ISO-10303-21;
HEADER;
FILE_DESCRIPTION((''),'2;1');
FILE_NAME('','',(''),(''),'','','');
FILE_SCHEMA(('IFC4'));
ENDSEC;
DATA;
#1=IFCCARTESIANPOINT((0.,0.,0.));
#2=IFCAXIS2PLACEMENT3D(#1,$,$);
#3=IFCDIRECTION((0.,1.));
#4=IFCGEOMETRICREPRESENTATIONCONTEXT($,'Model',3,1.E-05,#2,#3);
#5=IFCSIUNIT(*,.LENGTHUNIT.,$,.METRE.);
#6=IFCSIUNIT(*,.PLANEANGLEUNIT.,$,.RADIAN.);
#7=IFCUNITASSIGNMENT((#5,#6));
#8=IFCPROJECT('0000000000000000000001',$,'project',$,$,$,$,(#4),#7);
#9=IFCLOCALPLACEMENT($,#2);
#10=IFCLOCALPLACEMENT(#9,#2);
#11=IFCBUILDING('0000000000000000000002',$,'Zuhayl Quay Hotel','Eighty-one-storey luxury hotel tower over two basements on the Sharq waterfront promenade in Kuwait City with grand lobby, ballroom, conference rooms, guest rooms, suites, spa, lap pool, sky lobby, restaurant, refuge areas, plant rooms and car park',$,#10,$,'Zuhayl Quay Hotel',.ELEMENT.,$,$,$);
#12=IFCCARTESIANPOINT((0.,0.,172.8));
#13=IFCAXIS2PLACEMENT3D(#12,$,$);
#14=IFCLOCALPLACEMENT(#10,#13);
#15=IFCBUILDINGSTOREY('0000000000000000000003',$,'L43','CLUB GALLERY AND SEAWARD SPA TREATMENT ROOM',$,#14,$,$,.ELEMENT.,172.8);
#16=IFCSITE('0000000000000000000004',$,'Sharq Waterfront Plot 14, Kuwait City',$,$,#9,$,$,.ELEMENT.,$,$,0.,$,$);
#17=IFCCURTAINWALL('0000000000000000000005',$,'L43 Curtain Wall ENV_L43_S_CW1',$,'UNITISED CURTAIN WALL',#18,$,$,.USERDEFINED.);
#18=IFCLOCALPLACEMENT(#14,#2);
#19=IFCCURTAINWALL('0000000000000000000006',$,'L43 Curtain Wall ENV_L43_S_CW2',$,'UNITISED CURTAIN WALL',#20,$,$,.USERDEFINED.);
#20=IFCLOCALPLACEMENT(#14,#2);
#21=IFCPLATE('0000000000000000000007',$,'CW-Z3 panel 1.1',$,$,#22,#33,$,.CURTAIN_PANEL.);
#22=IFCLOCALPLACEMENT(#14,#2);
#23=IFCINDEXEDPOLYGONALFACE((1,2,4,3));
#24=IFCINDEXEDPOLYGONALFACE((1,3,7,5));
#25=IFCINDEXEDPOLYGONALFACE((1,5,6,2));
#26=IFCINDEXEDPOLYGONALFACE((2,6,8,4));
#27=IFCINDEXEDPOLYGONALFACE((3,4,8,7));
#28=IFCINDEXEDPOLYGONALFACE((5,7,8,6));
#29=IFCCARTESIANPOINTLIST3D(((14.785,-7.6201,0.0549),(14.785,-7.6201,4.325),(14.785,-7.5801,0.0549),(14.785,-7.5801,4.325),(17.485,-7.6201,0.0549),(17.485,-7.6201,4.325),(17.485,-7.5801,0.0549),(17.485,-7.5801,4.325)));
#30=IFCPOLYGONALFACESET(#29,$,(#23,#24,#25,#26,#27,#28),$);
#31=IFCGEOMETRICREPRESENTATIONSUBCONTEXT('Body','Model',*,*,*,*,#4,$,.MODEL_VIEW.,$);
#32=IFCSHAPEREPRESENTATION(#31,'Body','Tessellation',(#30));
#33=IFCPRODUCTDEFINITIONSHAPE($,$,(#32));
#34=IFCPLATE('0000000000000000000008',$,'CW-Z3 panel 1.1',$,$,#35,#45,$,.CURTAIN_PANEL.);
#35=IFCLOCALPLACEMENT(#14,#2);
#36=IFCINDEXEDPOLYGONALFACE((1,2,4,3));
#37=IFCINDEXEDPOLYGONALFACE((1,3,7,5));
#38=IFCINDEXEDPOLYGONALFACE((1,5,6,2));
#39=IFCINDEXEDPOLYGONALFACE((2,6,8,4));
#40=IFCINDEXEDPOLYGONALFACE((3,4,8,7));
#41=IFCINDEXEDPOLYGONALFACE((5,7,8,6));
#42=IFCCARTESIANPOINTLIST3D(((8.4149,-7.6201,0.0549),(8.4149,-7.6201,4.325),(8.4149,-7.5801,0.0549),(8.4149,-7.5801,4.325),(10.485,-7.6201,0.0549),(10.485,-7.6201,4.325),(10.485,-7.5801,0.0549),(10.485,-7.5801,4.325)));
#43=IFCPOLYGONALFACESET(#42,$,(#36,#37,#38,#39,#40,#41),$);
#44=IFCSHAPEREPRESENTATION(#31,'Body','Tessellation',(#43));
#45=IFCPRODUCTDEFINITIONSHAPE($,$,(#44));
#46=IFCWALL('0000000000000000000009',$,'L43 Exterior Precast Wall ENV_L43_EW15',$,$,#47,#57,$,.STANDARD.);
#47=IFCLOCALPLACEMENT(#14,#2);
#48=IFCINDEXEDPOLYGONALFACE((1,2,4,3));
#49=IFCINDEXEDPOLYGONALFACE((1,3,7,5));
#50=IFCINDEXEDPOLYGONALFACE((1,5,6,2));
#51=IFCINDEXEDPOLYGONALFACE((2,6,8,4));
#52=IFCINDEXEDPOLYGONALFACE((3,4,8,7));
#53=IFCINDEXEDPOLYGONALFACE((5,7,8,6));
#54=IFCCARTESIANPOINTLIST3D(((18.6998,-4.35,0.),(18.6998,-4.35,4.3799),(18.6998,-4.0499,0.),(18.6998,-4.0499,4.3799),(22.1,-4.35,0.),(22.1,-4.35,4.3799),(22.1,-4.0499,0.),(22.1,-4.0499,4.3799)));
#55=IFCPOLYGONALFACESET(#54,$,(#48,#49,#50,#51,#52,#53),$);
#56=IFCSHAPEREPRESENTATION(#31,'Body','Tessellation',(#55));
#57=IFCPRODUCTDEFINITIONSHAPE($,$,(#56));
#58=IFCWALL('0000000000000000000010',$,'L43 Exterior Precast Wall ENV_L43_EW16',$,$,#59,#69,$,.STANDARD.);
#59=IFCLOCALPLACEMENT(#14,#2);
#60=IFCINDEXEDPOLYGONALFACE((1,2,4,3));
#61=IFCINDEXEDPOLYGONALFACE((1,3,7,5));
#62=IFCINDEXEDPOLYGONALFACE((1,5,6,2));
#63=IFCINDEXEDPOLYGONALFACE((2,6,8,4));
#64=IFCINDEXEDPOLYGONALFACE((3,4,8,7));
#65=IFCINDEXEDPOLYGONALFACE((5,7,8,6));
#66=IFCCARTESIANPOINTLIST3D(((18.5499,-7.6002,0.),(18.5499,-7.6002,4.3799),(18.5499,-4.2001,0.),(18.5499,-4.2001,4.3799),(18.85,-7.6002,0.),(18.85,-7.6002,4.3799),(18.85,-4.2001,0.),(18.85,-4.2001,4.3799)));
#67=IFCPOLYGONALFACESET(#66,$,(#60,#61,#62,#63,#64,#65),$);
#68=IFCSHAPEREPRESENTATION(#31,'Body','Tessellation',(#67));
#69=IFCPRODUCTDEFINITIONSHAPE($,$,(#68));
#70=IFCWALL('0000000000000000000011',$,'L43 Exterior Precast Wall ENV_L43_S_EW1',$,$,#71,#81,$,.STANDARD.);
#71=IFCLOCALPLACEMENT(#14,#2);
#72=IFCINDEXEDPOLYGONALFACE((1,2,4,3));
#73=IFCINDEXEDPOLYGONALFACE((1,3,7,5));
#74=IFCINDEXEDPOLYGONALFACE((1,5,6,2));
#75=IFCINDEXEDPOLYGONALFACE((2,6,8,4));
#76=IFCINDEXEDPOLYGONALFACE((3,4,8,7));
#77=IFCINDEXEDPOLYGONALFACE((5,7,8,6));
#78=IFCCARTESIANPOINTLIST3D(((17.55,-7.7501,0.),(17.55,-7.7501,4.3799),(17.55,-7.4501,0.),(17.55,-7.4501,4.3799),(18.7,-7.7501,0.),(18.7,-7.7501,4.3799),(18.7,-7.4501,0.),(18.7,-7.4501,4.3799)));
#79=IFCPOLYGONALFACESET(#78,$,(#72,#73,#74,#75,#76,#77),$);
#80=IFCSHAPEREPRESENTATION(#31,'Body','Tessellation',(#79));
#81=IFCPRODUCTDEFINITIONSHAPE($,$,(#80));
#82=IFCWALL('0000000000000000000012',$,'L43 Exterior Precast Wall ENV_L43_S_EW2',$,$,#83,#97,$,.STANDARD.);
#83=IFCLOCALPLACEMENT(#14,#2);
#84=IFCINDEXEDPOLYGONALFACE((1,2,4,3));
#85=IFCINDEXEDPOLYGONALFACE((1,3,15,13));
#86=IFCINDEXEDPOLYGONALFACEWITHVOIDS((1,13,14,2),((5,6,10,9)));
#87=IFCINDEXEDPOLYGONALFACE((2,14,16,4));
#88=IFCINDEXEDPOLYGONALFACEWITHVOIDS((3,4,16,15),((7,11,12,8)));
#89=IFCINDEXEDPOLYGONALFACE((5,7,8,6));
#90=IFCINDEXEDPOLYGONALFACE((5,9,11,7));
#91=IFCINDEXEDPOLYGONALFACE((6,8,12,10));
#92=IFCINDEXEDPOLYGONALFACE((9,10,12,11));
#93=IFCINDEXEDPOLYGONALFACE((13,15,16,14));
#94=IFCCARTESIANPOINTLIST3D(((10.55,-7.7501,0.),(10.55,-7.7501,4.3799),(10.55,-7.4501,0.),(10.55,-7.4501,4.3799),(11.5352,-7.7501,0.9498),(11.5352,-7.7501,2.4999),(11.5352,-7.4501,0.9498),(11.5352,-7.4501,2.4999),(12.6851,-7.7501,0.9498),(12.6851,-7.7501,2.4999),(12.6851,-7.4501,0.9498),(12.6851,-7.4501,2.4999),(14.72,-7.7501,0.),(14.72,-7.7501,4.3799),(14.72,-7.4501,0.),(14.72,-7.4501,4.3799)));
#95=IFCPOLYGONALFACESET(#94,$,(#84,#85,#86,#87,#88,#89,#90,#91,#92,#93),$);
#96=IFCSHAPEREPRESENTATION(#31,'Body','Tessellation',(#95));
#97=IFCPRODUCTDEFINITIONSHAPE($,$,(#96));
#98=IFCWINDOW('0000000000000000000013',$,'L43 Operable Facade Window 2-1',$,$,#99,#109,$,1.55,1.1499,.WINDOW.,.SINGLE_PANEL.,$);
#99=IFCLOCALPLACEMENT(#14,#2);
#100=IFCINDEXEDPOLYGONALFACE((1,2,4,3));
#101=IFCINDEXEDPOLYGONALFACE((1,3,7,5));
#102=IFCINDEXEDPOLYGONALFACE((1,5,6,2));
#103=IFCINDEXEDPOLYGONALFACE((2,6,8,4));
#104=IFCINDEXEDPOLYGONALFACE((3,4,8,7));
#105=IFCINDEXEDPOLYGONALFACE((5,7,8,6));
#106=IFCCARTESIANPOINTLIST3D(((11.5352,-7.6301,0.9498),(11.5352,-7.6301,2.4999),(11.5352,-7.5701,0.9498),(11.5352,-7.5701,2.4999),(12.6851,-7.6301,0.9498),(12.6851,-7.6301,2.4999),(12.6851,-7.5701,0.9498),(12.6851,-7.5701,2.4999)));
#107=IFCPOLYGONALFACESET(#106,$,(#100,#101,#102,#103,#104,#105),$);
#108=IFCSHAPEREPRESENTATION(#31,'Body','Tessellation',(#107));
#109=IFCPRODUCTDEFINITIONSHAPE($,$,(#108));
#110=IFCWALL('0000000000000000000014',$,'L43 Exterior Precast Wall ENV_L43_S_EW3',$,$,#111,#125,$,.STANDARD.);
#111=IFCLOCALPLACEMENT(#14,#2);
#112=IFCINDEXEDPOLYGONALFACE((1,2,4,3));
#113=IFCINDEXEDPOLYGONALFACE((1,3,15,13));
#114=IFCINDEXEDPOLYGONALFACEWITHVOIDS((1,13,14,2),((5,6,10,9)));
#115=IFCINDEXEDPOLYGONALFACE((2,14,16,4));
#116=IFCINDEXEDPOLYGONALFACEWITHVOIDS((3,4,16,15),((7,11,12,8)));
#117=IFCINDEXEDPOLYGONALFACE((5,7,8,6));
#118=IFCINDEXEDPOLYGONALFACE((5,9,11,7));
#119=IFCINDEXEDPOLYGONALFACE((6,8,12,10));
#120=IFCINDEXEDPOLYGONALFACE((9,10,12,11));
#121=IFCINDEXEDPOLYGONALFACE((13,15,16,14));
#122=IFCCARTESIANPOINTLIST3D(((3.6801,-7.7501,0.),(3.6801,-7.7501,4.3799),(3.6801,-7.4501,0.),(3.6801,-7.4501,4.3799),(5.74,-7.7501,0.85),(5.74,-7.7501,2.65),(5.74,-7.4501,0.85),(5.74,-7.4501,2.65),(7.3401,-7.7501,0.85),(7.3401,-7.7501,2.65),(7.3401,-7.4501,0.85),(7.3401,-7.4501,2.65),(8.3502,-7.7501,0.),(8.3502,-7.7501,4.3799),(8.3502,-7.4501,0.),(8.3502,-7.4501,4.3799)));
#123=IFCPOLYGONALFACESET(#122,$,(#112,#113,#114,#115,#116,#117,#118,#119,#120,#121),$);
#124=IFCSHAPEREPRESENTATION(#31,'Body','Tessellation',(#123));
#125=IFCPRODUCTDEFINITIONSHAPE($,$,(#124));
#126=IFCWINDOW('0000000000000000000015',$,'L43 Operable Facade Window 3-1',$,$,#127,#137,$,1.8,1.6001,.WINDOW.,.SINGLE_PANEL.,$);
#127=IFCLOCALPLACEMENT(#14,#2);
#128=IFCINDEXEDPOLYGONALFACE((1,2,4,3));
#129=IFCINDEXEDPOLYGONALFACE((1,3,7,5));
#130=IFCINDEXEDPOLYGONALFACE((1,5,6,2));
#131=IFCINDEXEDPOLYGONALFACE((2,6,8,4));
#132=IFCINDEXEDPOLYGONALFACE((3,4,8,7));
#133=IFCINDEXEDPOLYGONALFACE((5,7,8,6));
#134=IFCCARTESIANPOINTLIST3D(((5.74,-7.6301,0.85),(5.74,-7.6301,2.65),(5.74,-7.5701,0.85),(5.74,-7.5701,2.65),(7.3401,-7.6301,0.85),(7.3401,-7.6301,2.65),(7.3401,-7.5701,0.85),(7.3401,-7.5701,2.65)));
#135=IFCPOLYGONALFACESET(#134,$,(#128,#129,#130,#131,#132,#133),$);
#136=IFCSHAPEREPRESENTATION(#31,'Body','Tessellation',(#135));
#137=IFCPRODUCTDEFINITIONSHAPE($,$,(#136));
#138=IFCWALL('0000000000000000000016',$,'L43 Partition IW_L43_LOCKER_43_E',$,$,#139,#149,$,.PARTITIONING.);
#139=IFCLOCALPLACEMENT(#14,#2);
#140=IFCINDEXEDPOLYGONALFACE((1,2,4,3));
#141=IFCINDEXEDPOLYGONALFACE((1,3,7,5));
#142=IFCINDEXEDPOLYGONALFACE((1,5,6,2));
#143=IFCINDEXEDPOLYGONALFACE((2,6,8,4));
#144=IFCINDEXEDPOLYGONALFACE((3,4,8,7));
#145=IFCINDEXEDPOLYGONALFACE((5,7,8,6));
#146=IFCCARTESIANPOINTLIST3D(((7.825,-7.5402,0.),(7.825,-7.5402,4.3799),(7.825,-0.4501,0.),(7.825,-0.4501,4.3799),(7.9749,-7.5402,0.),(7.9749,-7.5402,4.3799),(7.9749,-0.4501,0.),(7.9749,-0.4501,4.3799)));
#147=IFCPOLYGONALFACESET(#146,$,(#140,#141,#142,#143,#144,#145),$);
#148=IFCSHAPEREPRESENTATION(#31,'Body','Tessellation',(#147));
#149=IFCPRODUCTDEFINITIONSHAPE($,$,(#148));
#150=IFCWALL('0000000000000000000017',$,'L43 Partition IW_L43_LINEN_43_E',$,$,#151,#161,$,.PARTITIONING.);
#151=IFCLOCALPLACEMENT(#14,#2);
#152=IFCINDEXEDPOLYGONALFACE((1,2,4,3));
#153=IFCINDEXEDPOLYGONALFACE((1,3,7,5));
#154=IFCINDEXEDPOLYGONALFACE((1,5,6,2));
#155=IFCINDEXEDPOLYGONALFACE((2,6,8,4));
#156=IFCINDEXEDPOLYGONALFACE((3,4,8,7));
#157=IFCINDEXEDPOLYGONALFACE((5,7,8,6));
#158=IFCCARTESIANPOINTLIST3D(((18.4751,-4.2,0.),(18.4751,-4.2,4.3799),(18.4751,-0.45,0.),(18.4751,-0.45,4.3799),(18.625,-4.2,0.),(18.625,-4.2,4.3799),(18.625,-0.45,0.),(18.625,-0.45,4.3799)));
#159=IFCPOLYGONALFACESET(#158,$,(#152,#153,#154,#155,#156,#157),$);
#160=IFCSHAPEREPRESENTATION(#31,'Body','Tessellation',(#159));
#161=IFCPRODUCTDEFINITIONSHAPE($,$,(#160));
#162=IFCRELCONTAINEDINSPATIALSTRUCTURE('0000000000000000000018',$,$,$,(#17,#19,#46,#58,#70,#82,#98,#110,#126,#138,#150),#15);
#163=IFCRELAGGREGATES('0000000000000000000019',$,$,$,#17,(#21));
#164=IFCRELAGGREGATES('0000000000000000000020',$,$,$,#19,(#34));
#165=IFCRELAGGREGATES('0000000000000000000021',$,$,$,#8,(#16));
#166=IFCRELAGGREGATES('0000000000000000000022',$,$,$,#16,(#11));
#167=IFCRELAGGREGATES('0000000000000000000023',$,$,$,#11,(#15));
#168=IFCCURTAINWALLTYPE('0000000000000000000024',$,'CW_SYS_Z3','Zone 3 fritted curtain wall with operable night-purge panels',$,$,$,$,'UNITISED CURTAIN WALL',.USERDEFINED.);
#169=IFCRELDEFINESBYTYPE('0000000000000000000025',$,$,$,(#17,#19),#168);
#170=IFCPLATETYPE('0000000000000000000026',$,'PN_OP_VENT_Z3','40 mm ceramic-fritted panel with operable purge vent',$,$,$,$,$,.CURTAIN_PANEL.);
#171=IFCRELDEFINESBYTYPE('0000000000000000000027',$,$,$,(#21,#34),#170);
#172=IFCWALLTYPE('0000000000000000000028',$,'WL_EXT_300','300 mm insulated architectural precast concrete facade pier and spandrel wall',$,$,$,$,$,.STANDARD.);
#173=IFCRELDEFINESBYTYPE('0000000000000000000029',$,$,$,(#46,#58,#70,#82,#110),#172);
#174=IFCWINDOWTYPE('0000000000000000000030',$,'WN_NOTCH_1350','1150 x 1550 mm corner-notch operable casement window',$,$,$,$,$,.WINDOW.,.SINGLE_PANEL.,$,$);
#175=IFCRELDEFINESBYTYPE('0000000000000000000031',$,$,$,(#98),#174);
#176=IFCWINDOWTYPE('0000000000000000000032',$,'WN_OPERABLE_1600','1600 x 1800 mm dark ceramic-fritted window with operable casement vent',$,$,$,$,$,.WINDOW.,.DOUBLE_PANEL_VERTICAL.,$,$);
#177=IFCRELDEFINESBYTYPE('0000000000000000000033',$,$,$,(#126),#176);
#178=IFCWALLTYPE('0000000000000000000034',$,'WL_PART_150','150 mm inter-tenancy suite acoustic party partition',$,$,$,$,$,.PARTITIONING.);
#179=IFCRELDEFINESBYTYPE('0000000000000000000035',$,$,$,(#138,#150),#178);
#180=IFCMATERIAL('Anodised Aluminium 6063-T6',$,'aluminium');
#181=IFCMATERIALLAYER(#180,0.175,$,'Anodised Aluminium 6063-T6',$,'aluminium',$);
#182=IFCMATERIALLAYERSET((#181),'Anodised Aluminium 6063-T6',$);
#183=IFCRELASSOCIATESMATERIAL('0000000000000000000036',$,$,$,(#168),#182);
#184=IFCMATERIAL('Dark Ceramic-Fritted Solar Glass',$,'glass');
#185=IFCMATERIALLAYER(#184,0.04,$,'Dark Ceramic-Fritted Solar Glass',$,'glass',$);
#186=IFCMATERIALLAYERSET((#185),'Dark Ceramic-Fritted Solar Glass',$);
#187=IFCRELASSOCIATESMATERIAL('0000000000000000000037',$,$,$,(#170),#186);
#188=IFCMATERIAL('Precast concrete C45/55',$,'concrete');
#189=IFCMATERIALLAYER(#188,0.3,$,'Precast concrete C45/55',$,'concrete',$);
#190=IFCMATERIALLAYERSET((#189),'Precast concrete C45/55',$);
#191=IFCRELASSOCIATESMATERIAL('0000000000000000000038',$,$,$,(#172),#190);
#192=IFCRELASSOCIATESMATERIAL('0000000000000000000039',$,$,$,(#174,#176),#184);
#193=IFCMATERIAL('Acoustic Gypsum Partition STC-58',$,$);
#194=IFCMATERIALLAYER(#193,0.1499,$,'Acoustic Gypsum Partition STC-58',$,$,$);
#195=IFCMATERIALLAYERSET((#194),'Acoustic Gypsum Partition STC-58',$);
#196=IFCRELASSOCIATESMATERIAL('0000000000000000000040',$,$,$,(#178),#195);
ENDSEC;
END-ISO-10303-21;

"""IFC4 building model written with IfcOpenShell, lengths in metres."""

from ifc_helpers import new_model, si_unit, direction, frame, frame_2d, origin, origin_2d, place, context, subcontext, project, spatial, rectangle, extrude, material, layer, layer_set, type_object, element, fill, aggregate, save


model = new_model("IFC4")

# Units and contexts
model_context = context("Model", 3, precision=1e-05, world=origin(), true_north=direction((0.0, 1.0)))
body_context = subcontext(model_context, "Body", "Model", "MODEL_VIEW")
ifc_project = project(units=[si_unit("LENGTHUNIT", "METRE"), si_unit("PLANEANGLEUNIT", "RADIAN")], contexts=[model_context])

# Site, building, storey
site_placement = place(None, origin())
site = spatial("IfcSite", under=ifc_project, at=site_placement, Name="Sharq Waterfront Plot 14, Kuwait City", CompositionType="ELEMENT", RefElevation=0.0)
building_placement = place(site_placement, origin())
building = spatial("IfcBuilding", under=site, at=building_placement, Name="Zuhayl Quay Hotel", Description="Eighty-one-storey luxury hotel tower over two basements on the Sharq waterfront promenade in Kuwait City with grand lobby, ballroom, conference rooms, guest rooms, suites, spa, lap pool, sky lobby, restaurant, refuge areas, plant rooms and car park", LongName="Zuhayl Quay Hotel", CompositionType="ELEMENT")
storey_placement = place(building_placement, frame((0.0, 0.0, 172.8)))
storey = spatial("IfcBuildingStorey", under=building, at=storey_placement, Name="L43", Description="CLUB GALLERY AND SEAWARD SPA TREATMENT ROOM", CompositionType="ELEMENT", Elevation=172.8)

# Curtain walls
ifc_material_1 = material(Name="Anodised Aluminium 6063-T6", Category="aluminium")
ifc_layer_1 = layer(ifc_material_1, 0.175, Name="Anodised Aluminium 6063-T6", Category="aluminium")
ifc_layer_set_1 = layer_set([ifc_layer_1], Name="Anodised Aluminium 6063-T6")
curtain_wall_type = type_object("IfcCurtainWallType", Name="CW_SYS_Z3", Description="Zone 3 fritted curtain wall with operable night-purge panels", ElementType="UNITISED CURTAIN WALL", PredefinedType="USERDEFINED", material=ifc_layer_set_1)
curtain_wall_1_placement = place(storey_placement, origin())
curtain_wall_1 = element("IfcCurtainWall", 1, at=curtain_wall_1_placement, inside=storey, type_object=curtain_wall_type, Name="L43 Curtain Wall ENV_L43_S_CW1", ObjectType="UNITISED CURTAIN WALL", PredefinedType="USERDEFINED")
curtain_wall_2_placement = place(storey_placement, origin())
curtain_wall_2 = element("IfcCurtainWall", 2, at=curtain_wall_2_placement, inside=storey, type_object=curtain_wall_type, Name="L43 Curtain Wall ENV_L43_S_CW2", ObjectType="UNITISED CURTAIN WALL", PredefinedType="USERDEFINED")

# Plates
ifc_material_2 = material(Name="Dark Ceramic-Fritted Solar Glass", Category="glass")
ifc_layer_2 = layer(ifc_material_2, 0.04, Name="Dark Ceramic-Fritted Solar Glass", Category="glass")
ifc_layer_set_2 = layer_set([ifc_layer_2], Name="Dark Ceramic-Fritted Solar Glass")
plate_type = type_object("IfcPlateType", Name="PN_OP_VENT_Z3", Description="40 mm ceramic-fritted panel with operable purge vent", PredefinedType="CURTAIN_PANEL", material=ifc_layer_set_2)
plate_1_placement = place(storey_placement, frame((16.135, -7.6001, 0.0549), z_axis=(0.0, 0.0, 1.0), x_axis=(-1.0, 0.0, 0.0)))
plate_1 = element("IfcPlate", 3, at=plate_1_placement, type_object=plate_type, Name="CW-Z3 panel 1.1", PredefinedType="CURTAIN_PANEL", context=body_context, shape_type="SweptSolid", body=[
    extrude(rectangle(XDim=2.7, YDim=0.04, at=origin_2d()), origin(), (0.0, 0.0, 1.0), 4.27),
])
aggregate(curtain_wall_1, [plate_1])
plate_2_placement = place(storey_placement, frame((9.45, -7.6001, 0.0549), z_axis=(0.0, 0.0, 1.0), x_axis=(-1.0, 0.0, 0.0)))
plate_2 = element("IfcPlate", 4, at=plate_2_placement, type_object=plate_type, Name="CW-Z3 panel 1.1", PredefinedType="CURTAIN_PANEL", context=body_context, shape_type="SweptSolid", body=[
    extrude(rectangle(XDim=2.0701, YDim=0.04, at=origin_2d()), origin(), (0.0, 0.0, 1.0), 4.27),
])
aggregate(curtain_wall_2, [plate_2])

# Walls
ifc_material_3 = material(Name="Precast concrete C45/55", Category="concrete")
ifc_layer_3 = layer(ifc_material_3, 0.3, Name="Precast concrete C45/55", Category="concrete")
ifc_layer_set_3 = layer_set([ifc_layer_3], Name="Precast concrete C45/55")
wall_type_1 = type_object("IfcWallType", Name="WL_EXT_300", Description="300 mm insulated architectural precast concrete facade pier and spandrel wall", PredefinedType="STANDARD", material=ifc_layer_set_3)
for number, where, z_axis, x_axis, name in (
    (5, (22.1001, -4.2, 0.0), (0.0, 0.0, 1.0), (-1.0, 0.0, 0.0), "L43 Exterior Precast Wall ENV_L43_EW15"),
    (6, (18.7, -4.2, 0.0), (0.0, 0.0, 1.0), (0.0, -1.0, 0.0), "L43 Exterior Precast Wall ENV_L43_EW16"),
):
    element("IfcWall", number, at=place(storey_placement, frame(where, z_axis=z_axis, x_axis=x_axis)), inside=storey, type_object=wall_type_1, Name=name, PredefinedType="STANDARD", context=body_context, shape_type="SweptSolid", body=[
        extrude(rectangle(XDim=3.4001, YDim=0.3, at=frame_2d((1.7002, 0.0))), origin(), (0.0, 0.0, 1.0), 4.3799),
    ])
wall_1_placement = place(storey_placement, frame((18.7, -7.6001, 0.0), z_axis=(0.0, 0.0, 1.0), x_axis=(-1.0, 0.0, 0.0)))
element("IfcWall", 7, at=wall_1_placement, inside=storey, type_object=wall_type_1, Name="L43 Exterior Precast Wall ENV_L43_S_EW1", PredefinedType="STANDARD", context=body_context, shape_type="SweptSolid", body=[
    extrude(rectangle(XDim=1.1499, YDim=0.3, at=frame_2d((0.575, 0.0))), origin(), (0.0, 0.0, 1.0), 4.3799),
])

# Walls, openings, windows
wall_2_placement = place(storey_placement, frame((14.72, -7.6001, 0.0), z_axis=(0.0, 0.0, 1.0), x_axis=(-1.0, 0.0, 0.0)))
wall_2 = element("IfcWall", 8, at=wall_2_placement, inside=storey, type_object=wall_type_1, Name="L43 Exterior Precast Wall ENV_L43_S_EW2", PredefinedType="STANDARD", context=body_context, shape_type="SweptSolid", body=[
    extrude(rectangle(XDim=4.1699, YDim=0.3, at=frame_2d((2.085, 0.0))), origin(), (0.0, 0.0, 1.0), 4.3799),
])
opening_1_placement = place(wall_2_placement, frame((2.0349, 0.0, 0.95)))
opening_1 = element("IfcOpeningElement", 9, at=opening_1_placement, cuts=wall_2, PredefinedType="OPENING", context=body_context, shape_type="SweptSolid", body=[
    extrude(rectangle(XDim=1.1499, YDim=1.55, at=frame_2d((0.575, 0.7749))), frame((0.0, 0.1599, 0.0), z_axis=(0.0, -1.0, 0.0), x_axis=(1.0, 0.0, 0.0)), (0.0, 0.0, 1.0), 0.3201),
])
window_type_1 = type_object("IfcWindowType", Name="WN_NOTCH_1350", Description="1150 x 1550 mm corner-notch operable casement window", PartitioningType="SINGLE_PANEL", PredefinedType="WINDOW", material=ifc_material_2)
window_1_placement = place(opening_1_placement, origin())
window_1 = element("IfcWindow", 10, at=window_1_placement, inside=storey, type_object=window_type_1, Name="L43 Operable Facade Window 2-1", OverallHeight=1.55, OverallWidth=1.1499, PartitioningType="SINGLE_PANEL", PredefinedType="WINDOW", context=body_context, shape_type="SweptSolid", body=[
    extrude(rectangle(XDim=1.1499, YDim=1.55, at=frame_2d((0.575, 0.7749))), frame((0.0, 0.03, 0.0), z_axis=(0.0, -1.0, 0.0), x_axis=(1.0, 0.0, 0.0)), (0.0, 0.0, 1.0), 0.0601),
])
fill(opening_1, window_1)
wall_3_placement = place(storey_placement, frame((8.3501, -7.6001, 0.0), z_axis=(0.0, 0.0, 1.0), x_axis=(-1.0, 0.0, 0.0)))
wall_3 = element("IfcWall", 11, at=wall_3_placement, inside=storey, type_object=wall_type_1, Name="L43 Exterior Precast Wall ENV_L43_S_EW3", PredefinedType="STANDARD", context=body_context, shape_type="SweptSolid", body=[
    extrude(rectangle(XDim=4.6702, YDim=0.3, at=frame_2d((2.335, 0.0))), origin(), (0.0, 0.0, 1.0), 4.3799),
])
opening_2_placement = place(wall_3_placement, frame((1.01, 0.0, 0.8501)))
opening_2 = element("IfcOpeningElement", 12, at=opening_2_placement, cuts=wall_3, PredefinedType="OPENING", context=body_context, shape_type="SweptSolid", body=[
    extrude(rectangle(XDim=1.6001, YDim=1.8, at=frame_2d((0.8, 0.8999))), frame((0.0, 0.1599, 0.0), z_axis=(0.0, -1.0, 0.0), x_axis=(1.0, 0.0, 0.0)), (0.0, 0.0, 1.0), 0.3201),
])
window_type_2 = type_object("IfcWindowType", Name="WN_OPERABLE_1600", Description="1600 x 1800 mm dark ceramic-fritted window with operable casement vent", PartitioningType="DOUBLE_PANEL_VERTICAL", PredefinedType="WINDOW", material=ifc_material_2)
window_2_placement = place(opening_2_placement, origin())
window_2 = element("IfcWindow", 13, at=window_2_placement, inside=storey, type_object=window_type_2, Name="L43 Operable Facade Window 3-1", OverallHeight=1.8, OverallWidth=1.6001, PartitioningType="SINGLE_PANEL", PredefinedType="WINDOW", context=body_context, shape_type="SweptSolid", body=[
    extrude(rectangle(XDim=1.6001, YDim=1.8, at=frame_2d((0.8, 0.8999))), frame((0.0, 0.03, 0.0), z_axis=(0.0, -1.0, 0.0), x_axis=(1.0, 0.0, 0.0)), (0.0, 0.0, 1.0), 0.0601),
])
fill(opening_2, window_2)

# Walls
ifc_material_4 = material(Name="Acoustic Gypsum Partition STC-58")
ifc_layer_4 = layer(ifc_material_4, 0.1499, Name="Acoustic Gypsum Partition STC-58")
ifc_layer_set_4 = layer_set([ifc_layer_4], Name="Acoustic Gypsum Partition STC-58")
wall_type_2 = type_object("IfcWallType", Name="WL_PART_150", Description="150 mm inter-tenancy suite acoustic party partition", PredefinedType="PARTITIONING", material=ifc_layer_set_4)
wall_4_placement = place(storey_placement, frame((7.8999, -7.54, 0.0), z_axis=(0.0, 0.0, 1.0), x_axis=(0.0, 1.0, 0.0)))
element("IfcWall", 14, at=wall_4_placement, inside=storey, type_object=wall_type_2, Name="L43 Partition IW_L43_LOCKER_43_E", PredefinedType="PARTITIONING", context=body_context, shape_type="SweptSolid", body=[
    extrude(rectangle(XDim=7.0901, YDim=0.1499, at=frame_2d((3.5449, 0.0))), origin(), (0.0, 0.0, 1.0), 4.3799),
])
wall_5_placement = place(storey_placement, frame((18.55, -4.2, 0.0), z_axis=(0.0, 0.0, 1.0), x_axis=(0.0, 1.0, 0.0)))
element("IfcWall", 15, at=wall_5_placement, inside=storey, type_object=wall_type_2, Name="L43 Partition IW_L43_LINEN_43_E", PredefinedType="PARTITIONING", context=body_context, shape_type="SweptSolid", body=[
    extrude(rectangle(XDim=3.75, YDim=0.1499, at=frame_2d((1.875, 0.0))), origin(), (0.0, 0.0, 1.0), 4.3799),
])

save(model, "model.ifc")
